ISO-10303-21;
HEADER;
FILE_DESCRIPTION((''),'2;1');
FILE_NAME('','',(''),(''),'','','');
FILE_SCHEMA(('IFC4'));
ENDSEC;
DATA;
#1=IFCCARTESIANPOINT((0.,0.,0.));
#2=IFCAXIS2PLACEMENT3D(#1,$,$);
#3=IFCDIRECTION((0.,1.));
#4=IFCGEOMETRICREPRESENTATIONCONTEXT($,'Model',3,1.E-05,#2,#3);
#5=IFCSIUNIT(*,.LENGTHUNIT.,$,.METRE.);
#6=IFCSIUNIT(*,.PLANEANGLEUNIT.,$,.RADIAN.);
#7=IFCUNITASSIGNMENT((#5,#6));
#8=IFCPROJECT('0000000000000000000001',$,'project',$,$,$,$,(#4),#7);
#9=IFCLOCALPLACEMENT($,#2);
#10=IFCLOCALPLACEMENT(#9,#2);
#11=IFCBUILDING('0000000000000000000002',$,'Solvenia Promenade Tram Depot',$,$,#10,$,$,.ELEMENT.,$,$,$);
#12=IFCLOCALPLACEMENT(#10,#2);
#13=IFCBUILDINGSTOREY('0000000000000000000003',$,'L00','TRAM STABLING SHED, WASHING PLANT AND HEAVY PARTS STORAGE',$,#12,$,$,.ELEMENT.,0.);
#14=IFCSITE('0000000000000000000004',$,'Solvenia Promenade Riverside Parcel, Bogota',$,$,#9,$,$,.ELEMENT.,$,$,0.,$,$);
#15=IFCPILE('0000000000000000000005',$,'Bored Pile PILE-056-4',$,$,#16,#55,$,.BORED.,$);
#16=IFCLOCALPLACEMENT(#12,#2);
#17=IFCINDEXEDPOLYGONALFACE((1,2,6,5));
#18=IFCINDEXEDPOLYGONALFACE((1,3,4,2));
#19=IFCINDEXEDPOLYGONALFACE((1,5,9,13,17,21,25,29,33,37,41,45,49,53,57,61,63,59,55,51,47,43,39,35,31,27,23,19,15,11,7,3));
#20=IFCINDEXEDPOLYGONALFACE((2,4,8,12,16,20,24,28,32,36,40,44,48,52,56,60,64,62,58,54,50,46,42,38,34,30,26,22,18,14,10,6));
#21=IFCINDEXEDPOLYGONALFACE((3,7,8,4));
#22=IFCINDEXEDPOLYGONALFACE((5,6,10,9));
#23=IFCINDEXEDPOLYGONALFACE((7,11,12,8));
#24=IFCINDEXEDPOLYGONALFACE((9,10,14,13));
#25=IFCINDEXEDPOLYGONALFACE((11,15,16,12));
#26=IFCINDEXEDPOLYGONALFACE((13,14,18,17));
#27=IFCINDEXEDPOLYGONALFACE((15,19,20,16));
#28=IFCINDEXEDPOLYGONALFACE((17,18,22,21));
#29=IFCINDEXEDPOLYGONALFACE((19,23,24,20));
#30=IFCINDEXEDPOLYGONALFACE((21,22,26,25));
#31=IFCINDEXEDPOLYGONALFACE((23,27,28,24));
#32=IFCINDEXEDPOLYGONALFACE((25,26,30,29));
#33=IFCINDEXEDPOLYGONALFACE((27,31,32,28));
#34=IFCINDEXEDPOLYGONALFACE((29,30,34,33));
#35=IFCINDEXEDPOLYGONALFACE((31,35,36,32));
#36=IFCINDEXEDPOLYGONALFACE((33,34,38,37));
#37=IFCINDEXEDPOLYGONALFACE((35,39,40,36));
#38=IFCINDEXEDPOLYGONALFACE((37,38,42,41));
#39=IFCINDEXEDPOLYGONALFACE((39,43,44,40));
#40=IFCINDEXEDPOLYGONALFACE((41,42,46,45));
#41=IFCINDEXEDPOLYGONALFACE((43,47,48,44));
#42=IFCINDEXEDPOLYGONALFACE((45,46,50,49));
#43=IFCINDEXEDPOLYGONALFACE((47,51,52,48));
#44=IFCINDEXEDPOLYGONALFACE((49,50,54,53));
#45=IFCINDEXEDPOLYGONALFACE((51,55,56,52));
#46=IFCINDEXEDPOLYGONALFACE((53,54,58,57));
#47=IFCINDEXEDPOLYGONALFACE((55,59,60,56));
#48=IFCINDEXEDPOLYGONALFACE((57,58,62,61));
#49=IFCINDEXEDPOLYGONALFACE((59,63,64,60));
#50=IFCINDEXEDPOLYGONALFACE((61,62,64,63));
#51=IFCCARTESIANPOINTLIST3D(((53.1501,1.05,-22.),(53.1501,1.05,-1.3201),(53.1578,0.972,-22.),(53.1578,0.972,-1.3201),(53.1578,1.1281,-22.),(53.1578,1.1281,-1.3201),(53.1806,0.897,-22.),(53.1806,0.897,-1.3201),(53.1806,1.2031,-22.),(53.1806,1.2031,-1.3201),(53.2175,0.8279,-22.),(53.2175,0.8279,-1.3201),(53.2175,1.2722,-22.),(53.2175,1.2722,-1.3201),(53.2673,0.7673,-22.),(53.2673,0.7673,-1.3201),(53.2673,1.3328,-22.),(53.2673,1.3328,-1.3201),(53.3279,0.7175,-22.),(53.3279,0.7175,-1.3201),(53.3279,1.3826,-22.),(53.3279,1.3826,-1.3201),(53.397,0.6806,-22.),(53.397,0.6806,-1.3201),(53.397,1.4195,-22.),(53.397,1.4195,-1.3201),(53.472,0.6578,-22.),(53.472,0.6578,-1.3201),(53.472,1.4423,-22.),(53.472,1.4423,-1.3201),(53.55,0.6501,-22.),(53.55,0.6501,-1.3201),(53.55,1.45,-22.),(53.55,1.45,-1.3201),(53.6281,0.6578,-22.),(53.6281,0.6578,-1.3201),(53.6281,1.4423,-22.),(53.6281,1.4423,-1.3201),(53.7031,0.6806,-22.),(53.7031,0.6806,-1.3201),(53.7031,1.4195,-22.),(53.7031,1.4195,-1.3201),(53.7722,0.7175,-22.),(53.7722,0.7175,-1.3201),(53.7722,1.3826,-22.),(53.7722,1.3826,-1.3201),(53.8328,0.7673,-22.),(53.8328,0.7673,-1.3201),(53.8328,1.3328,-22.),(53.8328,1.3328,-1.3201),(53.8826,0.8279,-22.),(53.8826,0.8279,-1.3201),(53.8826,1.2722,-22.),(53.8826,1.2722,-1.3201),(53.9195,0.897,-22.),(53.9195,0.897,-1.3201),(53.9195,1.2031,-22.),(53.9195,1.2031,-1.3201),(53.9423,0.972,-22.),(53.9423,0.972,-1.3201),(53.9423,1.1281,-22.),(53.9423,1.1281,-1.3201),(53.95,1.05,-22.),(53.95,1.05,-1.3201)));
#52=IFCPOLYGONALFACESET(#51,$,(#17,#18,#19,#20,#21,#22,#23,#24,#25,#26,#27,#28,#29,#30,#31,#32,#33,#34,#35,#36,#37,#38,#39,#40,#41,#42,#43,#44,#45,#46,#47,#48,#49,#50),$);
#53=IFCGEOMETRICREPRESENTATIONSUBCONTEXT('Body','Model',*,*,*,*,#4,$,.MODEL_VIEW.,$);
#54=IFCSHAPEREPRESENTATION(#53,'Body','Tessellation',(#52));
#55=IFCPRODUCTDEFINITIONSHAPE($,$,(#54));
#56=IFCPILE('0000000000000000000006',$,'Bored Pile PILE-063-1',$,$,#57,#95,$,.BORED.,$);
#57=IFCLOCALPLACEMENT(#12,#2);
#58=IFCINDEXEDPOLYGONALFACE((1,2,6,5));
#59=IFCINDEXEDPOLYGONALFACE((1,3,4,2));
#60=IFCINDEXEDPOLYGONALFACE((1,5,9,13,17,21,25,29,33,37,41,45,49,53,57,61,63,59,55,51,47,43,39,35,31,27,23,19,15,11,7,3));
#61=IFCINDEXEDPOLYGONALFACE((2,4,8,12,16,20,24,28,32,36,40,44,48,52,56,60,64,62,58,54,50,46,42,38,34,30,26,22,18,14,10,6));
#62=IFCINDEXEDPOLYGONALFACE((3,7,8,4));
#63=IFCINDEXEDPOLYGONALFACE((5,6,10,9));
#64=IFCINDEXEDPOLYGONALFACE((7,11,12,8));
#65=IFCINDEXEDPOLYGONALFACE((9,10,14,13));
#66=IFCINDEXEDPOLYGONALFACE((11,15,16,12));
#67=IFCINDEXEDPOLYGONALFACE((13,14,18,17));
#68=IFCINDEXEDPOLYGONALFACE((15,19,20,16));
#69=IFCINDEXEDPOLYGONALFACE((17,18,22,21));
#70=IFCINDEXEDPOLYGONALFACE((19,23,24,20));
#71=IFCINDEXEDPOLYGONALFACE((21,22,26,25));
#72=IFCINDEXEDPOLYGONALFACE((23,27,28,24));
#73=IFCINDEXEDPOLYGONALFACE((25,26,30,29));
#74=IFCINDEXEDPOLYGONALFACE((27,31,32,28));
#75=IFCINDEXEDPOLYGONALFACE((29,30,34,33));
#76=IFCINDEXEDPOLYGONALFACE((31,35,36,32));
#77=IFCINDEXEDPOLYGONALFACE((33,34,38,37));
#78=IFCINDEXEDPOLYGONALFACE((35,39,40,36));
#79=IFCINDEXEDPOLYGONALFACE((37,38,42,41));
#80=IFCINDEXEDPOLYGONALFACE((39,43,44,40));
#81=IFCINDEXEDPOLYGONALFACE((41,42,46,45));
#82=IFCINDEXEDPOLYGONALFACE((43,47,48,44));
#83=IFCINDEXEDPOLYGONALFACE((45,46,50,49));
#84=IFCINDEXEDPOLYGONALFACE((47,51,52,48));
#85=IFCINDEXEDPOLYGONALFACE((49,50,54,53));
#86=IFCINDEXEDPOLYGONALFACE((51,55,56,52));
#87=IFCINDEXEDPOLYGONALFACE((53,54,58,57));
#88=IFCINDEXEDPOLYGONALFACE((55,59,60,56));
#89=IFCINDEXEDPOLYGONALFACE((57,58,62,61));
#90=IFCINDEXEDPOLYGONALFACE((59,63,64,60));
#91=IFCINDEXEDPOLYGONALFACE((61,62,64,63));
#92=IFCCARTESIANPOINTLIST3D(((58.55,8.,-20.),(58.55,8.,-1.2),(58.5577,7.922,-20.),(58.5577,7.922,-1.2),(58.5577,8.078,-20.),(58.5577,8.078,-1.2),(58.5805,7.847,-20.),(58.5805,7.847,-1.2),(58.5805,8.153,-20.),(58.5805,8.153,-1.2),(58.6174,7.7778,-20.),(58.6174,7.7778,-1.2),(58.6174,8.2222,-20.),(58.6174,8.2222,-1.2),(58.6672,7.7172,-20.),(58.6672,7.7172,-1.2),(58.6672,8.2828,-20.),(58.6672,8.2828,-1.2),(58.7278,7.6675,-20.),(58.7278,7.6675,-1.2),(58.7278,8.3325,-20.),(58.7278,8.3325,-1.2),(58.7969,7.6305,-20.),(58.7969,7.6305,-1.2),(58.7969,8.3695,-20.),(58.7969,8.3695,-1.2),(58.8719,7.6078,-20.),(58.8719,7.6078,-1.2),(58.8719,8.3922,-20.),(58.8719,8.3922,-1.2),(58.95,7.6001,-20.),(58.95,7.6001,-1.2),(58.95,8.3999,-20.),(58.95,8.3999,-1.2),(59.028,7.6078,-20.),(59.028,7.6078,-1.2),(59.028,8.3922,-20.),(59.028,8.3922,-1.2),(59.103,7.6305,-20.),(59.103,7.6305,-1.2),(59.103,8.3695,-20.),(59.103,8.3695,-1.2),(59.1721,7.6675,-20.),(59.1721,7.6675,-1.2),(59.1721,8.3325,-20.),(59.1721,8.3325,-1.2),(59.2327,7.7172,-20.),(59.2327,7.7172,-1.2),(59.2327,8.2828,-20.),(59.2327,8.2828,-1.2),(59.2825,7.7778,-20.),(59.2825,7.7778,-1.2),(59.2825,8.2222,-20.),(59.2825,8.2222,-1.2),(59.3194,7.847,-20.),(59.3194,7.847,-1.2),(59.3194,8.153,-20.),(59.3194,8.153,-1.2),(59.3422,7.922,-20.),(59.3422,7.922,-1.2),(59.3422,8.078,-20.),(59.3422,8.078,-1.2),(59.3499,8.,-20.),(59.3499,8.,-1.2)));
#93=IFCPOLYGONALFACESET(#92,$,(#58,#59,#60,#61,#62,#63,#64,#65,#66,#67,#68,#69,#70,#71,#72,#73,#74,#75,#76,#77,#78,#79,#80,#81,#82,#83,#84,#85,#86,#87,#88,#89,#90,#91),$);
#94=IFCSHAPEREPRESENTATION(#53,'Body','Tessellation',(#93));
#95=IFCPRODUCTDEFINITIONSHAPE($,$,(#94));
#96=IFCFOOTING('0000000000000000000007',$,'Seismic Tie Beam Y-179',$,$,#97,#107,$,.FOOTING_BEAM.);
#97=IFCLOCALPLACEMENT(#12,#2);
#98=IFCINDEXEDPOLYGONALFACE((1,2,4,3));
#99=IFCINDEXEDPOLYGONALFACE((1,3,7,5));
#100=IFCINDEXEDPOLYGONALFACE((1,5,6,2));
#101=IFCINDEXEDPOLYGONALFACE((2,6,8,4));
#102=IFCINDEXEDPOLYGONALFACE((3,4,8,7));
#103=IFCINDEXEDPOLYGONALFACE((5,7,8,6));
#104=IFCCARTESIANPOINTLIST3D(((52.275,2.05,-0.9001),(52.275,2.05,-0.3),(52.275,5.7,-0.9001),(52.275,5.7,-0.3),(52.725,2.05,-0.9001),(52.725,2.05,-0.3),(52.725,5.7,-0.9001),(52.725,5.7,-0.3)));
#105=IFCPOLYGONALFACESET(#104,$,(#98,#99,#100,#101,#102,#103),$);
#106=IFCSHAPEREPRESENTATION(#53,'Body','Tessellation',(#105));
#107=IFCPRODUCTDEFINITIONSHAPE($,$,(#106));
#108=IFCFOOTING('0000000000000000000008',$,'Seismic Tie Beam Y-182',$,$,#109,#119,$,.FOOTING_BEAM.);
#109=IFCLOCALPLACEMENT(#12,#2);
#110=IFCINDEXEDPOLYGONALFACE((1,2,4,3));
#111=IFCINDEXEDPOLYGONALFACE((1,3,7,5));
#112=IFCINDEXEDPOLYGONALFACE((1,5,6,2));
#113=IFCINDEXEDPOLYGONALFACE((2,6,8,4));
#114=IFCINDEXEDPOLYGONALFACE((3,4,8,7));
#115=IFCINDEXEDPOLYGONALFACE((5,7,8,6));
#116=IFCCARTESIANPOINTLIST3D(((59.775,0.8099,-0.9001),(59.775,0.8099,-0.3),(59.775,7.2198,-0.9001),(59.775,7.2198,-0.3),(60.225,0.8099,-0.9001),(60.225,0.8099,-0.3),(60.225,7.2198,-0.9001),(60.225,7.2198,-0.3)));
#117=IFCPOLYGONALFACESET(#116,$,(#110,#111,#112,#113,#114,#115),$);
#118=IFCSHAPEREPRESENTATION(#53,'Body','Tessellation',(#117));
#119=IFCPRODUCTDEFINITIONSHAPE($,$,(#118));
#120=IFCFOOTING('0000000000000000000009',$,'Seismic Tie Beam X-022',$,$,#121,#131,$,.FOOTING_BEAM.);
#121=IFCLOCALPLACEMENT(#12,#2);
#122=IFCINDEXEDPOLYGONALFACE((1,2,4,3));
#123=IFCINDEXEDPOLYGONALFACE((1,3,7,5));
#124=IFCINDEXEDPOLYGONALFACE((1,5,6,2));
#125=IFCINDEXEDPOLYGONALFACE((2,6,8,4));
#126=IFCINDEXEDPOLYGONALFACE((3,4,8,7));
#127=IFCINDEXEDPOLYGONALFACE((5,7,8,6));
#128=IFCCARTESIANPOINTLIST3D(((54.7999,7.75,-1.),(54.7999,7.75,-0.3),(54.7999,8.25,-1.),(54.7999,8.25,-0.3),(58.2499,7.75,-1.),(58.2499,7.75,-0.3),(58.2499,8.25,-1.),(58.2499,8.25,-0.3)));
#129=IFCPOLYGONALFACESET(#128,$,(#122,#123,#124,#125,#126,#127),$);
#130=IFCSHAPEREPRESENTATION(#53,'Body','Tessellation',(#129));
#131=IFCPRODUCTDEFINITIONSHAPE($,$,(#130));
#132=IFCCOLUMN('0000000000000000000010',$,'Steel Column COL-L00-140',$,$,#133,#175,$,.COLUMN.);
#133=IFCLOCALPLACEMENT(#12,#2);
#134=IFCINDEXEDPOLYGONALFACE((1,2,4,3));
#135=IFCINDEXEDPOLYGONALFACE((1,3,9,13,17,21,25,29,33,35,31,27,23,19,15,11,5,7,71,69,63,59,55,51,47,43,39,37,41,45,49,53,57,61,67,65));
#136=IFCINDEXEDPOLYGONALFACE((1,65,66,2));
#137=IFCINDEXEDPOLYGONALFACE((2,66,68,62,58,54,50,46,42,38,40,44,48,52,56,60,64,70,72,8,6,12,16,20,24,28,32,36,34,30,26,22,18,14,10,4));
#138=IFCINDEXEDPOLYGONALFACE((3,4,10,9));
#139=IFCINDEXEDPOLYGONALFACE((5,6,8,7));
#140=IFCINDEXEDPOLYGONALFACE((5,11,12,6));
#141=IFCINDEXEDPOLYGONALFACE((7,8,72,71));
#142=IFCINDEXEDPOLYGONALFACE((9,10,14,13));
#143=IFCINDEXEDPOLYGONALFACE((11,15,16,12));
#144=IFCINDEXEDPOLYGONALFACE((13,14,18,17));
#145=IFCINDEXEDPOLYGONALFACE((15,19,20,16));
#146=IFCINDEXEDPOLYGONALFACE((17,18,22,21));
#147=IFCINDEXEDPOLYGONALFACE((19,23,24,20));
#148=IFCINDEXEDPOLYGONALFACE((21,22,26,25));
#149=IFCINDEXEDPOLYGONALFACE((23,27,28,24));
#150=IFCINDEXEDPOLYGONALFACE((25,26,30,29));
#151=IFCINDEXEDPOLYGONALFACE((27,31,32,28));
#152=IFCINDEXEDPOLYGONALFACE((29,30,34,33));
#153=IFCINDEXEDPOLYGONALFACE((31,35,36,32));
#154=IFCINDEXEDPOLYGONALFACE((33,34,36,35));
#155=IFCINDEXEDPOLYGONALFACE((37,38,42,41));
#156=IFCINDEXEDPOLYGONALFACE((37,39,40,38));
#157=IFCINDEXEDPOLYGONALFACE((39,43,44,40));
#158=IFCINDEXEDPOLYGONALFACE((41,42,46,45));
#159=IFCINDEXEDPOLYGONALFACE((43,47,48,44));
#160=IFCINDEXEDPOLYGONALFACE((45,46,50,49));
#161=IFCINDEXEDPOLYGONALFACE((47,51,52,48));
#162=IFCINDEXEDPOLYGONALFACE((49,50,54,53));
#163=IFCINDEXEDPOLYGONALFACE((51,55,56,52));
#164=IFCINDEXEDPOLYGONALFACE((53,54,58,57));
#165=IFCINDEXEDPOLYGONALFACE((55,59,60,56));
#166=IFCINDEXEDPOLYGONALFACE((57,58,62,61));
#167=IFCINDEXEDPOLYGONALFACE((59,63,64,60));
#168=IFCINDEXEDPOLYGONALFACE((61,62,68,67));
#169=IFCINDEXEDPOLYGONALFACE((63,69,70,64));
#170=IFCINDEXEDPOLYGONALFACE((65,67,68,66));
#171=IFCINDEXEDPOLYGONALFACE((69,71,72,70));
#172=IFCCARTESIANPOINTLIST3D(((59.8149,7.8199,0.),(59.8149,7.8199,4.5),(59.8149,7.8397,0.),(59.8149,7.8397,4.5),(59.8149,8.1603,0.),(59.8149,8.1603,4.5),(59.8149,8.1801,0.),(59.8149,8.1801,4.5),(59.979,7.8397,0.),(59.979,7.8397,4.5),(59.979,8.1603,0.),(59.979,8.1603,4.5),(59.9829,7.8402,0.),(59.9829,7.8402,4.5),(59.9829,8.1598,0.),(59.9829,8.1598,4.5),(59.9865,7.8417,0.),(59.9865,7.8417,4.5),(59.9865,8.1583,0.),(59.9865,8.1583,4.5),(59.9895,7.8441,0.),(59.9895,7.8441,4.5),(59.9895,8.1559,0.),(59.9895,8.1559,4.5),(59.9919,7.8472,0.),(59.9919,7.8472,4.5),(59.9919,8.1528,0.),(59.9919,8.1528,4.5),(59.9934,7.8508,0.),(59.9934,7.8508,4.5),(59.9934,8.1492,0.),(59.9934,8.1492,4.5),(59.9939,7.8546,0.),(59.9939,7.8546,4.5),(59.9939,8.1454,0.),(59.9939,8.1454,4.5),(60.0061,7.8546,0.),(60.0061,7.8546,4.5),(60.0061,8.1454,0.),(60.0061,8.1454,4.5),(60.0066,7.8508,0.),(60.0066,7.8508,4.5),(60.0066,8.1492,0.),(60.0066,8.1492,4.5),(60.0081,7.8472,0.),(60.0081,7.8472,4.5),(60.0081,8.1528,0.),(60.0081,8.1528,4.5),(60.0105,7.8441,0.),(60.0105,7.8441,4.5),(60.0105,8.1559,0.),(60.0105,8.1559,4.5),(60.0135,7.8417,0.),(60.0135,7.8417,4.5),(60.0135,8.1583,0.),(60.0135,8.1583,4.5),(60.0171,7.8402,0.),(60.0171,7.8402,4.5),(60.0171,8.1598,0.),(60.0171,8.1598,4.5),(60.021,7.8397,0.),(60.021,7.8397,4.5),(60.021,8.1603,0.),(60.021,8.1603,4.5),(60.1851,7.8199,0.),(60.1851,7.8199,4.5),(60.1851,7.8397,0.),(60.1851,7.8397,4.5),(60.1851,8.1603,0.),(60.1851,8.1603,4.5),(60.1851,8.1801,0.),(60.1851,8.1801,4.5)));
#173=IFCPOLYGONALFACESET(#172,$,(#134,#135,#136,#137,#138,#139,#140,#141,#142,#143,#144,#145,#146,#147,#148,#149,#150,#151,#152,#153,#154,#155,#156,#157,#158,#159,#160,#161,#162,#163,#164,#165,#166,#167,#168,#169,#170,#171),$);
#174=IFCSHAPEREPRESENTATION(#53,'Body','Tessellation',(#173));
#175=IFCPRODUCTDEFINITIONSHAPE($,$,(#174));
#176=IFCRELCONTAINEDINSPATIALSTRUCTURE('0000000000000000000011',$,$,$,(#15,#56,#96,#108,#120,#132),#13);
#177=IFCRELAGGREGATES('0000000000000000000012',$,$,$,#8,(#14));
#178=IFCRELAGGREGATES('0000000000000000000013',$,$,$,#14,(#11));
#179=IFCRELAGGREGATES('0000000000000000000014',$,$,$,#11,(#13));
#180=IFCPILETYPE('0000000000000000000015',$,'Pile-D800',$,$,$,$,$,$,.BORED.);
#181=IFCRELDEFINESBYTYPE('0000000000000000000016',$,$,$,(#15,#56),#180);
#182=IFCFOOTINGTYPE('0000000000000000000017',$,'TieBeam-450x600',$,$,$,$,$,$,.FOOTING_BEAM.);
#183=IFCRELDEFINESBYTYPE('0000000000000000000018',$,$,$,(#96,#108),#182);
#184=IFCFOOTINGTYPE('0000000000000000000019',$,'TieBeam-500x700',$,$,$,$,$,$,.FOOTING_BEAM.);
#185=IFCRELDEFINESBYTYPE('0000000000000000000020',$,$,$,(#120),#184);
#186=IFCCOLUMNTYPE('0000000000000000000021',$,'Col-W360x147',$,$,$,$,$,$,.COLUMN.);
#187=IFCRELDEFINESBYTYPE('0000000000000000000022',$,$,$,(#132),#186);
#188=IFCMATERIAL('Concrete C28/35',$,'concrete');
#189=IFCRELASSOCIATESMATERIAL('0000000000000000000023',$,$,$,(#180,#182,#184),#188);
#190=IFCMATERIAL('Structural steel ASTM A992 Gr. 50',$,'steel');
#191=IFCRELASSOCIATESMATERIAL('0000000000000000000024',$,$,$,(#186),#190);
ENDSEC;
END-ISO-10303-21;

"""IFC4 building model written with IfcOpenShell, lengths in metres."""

from ifc_helpers import new_model, si_unit, direction, frame, origin, origin_2d, place, context, subcontext, project, spatial, rectangle, circle, i_section, extrude, material, material_profile, profile_set, type_object, element, save


model = new_model("IFC4")

# Units and contexts
model_context = context("Model", 3, precision=1e-05, world=origin(), true_north=direction((0.0, 1.0)))
body_context = subcontext(model_context, "Body", "Model", "MODEL_VIEW")
ifc_project = project(units=[si_unit("LENGTHUNIT", "METRE"), si_unit("PLANEANGLEUNIT", "RADIAN")], contexts=[model_context])

# Site, building, storey
site_placement = place(None, origin())
site = spatial("IfcSite", under=ifc_project, at=site_placement, Name="Solvenia Promenade Riverside Parcel, Bogota", CompositionType="ELEMENT", RefElevation=0.0)
building_placement = place(site_placement, origin())
building = spatial("IfcBuilding", under=site, at=building_placement, Name="Solvenia Promenade Tram Depot", CompositionType="ELEMENT")
storey_placement = place(building_placement, origin())
storey = spatial("IfcBuildingStorey", under=building, at=storey_placement, Name="L00", Description="TRAM STABLING SHED, WASHING PLANT AND HEAVY PARTS STORAGE", CompositionType="ELEMENT", Elevation=0.0)

# Shared definitions
ifc_material_1 = material(Name="Concrete C28/35", Category="concrete")

# Piles
ifc_material_profile_1 = material_profile(ifc_material_1, circle(Radius=0.3999, at=origin_2d()), Name="D800", Category="concrete")
ifc_profile_set_1 = profile_set([ifc_material_profile_1], Name="Concrete C28/35")
pile_type_1 = type_object("IfcPileType", Name="Pile-D800", PredefinedType="BORED", material=ifc_profile_set_1)
for number, where, z_axis, x_axis, name in (
    (1, (53.55, 1.05, -1.3201), (0.0, 0.0, -1.0), (1.0, 0.0, 0.0), "Bored Pile PILE-056-4"),
):
    element("IfcPile", number, at=place(storey_placement, frame(where, z_axis=z_axis, x_axis=x_axis)), inside=storey, type_object=pile_type_1, Name=name, PredefinedType="BORED", context=body_context, shape_type="SweptSolid", body=[
        extrude(circle(Radius=0.3999, at=origin_2d()), origin(), (0.0, 0.0, 1.0), 20.6799),
    ])
pile_placement = place(storey_placement, frame((58.95, 8.0, -1.2), z_axis=(0.0, 0.0, -1.0), x_axis=(1.0, 0.0, 0.0)))
element("IfcPile", 2, at=pile_placement, inside=storey, type_object=pile_type_1, Name="Bored Pile PILE-063-1", PredefinedType="BORED", context=body_context, shape_type="SweptSolid", body=[
    extrude(circle(Radius=0.3999, at=origin_2d()), origin(), (0.0, 0.0, 1.0), 18.8),
])

# Footings
footing_type_1 = type_object("IfcFootingType", Name="TieBeam-450x600", PredefinedType="FOOTING_BEAM", material=ifc_material_1)
footing_1_placement = place(storey_placement, frame((52.5, 3.875, -0.9001), z_axis=(0.0, 0.0, 1.0), x_axis=(1.0, 0.0, 0.0)))
element("IfcFooting", 3, at=footing_1_placement, inside=storey, type_object=footing_type_1, Name="Seismic Tie Beam Y-179", PredefinedType="FOOTING_BEAM", context=body_context, shape_type="SweptSolid", body=[
    extrude(rectangle(XDim=0.45, YDim=3.6499, at=origin_2d()), origin(), (0.0, 0.0, 1.0), 0.6001),
])
footing_2_placement = place(storey_placement, frame((60.0, 4.0149, -0.9001), z_axis=(0.0, 0.0, 1.0), x_axis=(1.0, 0.0, 0.0)))
element("IfcFooting", 4, at=footing_2_placement, inside=storey, type_object=footing_type_1, Name="Seismic Tie Beam Y-182", PredefinedType="FOOTING_BEAM", context=body_context, shape_type="SweptSolid", body=[
    extrude(rectangle(XDim=0.45, YDim=6.4099, at=origin_2d()), origin(), (0.0, 0.0, 1.0), 0.6001),
])
footing_type_2 = type_object("IfcFootingType", Name="TieBeam-500x700", PredefinedType="FOOTING_BEAM", material=ifc_material_1)
footing_3_placement = place(storey_placement, frame((56.5249, 8.0, -1.0), z_axis=(0.0, 0.0, 1.0), x_axis=(1.0, 0.0, 0.0)))
element("IfcFooting", 5, at=footing_3_placement, inside=storey, type_object=footing_type_2, Name="Seismic Tie Beam X-022", PredefinedType="FOOTING_BEAM", context=body_context, shape_type="SweptSolid", body=[
    extrude(rectangle(XDim=3.45, YDim=0.5, at=origin_2d()), origin(), (0.0, 0.0, 1.0), 0.7),
])

# Column
ifc_material_2 = material(Name="Structural steel ASTM A992 Gr. 50", Category="steel")
ifc_material_profile_2 = material_profile(ifc_material_2, i_section(OverallWidth=0.3701, OverallDepth=0.3601, WebThickness=0.0122, FlangeThickness=0.0198, FilletRadius=0.0149, at=origin_2d()), Name="W360x147", Category="steel")
ifc_profile_set_2 = profile_set([ifc_material_profile_2], Name="Structural steel ASTM A992 Gr. 50")
column_type_1 = type_object("IfcColumnType", Name="Col-W360x147", PredefinedType="COLUMN", material=ifc_profile_set_2)
column_1_placement = place(storey_placement, frame((60.0, 8.0, 0.0), z_axis=(0.0, 0.0, 1.0), x_axis=(1.0, 0.0, 0.0)))
element("IfcColumn", 6, at=column_1_placement, inside=storey, type_object=column_type_1, Name="Steel Column COL-L00-140", PredefinedType="COLUMN", context=body_context, shape_type="SweptSolid", body=[
    extrude(i_section(OverallWidth=0.3701, OverallDepth=0.3601, WebThickness=0.0122, FlangeThickness=0.0198, FilletRadius=0.0149, at=origin_2d()), origin(), (0.0, 0.0, 1.0), 4.5),
])

save(model, "model.ifc")
